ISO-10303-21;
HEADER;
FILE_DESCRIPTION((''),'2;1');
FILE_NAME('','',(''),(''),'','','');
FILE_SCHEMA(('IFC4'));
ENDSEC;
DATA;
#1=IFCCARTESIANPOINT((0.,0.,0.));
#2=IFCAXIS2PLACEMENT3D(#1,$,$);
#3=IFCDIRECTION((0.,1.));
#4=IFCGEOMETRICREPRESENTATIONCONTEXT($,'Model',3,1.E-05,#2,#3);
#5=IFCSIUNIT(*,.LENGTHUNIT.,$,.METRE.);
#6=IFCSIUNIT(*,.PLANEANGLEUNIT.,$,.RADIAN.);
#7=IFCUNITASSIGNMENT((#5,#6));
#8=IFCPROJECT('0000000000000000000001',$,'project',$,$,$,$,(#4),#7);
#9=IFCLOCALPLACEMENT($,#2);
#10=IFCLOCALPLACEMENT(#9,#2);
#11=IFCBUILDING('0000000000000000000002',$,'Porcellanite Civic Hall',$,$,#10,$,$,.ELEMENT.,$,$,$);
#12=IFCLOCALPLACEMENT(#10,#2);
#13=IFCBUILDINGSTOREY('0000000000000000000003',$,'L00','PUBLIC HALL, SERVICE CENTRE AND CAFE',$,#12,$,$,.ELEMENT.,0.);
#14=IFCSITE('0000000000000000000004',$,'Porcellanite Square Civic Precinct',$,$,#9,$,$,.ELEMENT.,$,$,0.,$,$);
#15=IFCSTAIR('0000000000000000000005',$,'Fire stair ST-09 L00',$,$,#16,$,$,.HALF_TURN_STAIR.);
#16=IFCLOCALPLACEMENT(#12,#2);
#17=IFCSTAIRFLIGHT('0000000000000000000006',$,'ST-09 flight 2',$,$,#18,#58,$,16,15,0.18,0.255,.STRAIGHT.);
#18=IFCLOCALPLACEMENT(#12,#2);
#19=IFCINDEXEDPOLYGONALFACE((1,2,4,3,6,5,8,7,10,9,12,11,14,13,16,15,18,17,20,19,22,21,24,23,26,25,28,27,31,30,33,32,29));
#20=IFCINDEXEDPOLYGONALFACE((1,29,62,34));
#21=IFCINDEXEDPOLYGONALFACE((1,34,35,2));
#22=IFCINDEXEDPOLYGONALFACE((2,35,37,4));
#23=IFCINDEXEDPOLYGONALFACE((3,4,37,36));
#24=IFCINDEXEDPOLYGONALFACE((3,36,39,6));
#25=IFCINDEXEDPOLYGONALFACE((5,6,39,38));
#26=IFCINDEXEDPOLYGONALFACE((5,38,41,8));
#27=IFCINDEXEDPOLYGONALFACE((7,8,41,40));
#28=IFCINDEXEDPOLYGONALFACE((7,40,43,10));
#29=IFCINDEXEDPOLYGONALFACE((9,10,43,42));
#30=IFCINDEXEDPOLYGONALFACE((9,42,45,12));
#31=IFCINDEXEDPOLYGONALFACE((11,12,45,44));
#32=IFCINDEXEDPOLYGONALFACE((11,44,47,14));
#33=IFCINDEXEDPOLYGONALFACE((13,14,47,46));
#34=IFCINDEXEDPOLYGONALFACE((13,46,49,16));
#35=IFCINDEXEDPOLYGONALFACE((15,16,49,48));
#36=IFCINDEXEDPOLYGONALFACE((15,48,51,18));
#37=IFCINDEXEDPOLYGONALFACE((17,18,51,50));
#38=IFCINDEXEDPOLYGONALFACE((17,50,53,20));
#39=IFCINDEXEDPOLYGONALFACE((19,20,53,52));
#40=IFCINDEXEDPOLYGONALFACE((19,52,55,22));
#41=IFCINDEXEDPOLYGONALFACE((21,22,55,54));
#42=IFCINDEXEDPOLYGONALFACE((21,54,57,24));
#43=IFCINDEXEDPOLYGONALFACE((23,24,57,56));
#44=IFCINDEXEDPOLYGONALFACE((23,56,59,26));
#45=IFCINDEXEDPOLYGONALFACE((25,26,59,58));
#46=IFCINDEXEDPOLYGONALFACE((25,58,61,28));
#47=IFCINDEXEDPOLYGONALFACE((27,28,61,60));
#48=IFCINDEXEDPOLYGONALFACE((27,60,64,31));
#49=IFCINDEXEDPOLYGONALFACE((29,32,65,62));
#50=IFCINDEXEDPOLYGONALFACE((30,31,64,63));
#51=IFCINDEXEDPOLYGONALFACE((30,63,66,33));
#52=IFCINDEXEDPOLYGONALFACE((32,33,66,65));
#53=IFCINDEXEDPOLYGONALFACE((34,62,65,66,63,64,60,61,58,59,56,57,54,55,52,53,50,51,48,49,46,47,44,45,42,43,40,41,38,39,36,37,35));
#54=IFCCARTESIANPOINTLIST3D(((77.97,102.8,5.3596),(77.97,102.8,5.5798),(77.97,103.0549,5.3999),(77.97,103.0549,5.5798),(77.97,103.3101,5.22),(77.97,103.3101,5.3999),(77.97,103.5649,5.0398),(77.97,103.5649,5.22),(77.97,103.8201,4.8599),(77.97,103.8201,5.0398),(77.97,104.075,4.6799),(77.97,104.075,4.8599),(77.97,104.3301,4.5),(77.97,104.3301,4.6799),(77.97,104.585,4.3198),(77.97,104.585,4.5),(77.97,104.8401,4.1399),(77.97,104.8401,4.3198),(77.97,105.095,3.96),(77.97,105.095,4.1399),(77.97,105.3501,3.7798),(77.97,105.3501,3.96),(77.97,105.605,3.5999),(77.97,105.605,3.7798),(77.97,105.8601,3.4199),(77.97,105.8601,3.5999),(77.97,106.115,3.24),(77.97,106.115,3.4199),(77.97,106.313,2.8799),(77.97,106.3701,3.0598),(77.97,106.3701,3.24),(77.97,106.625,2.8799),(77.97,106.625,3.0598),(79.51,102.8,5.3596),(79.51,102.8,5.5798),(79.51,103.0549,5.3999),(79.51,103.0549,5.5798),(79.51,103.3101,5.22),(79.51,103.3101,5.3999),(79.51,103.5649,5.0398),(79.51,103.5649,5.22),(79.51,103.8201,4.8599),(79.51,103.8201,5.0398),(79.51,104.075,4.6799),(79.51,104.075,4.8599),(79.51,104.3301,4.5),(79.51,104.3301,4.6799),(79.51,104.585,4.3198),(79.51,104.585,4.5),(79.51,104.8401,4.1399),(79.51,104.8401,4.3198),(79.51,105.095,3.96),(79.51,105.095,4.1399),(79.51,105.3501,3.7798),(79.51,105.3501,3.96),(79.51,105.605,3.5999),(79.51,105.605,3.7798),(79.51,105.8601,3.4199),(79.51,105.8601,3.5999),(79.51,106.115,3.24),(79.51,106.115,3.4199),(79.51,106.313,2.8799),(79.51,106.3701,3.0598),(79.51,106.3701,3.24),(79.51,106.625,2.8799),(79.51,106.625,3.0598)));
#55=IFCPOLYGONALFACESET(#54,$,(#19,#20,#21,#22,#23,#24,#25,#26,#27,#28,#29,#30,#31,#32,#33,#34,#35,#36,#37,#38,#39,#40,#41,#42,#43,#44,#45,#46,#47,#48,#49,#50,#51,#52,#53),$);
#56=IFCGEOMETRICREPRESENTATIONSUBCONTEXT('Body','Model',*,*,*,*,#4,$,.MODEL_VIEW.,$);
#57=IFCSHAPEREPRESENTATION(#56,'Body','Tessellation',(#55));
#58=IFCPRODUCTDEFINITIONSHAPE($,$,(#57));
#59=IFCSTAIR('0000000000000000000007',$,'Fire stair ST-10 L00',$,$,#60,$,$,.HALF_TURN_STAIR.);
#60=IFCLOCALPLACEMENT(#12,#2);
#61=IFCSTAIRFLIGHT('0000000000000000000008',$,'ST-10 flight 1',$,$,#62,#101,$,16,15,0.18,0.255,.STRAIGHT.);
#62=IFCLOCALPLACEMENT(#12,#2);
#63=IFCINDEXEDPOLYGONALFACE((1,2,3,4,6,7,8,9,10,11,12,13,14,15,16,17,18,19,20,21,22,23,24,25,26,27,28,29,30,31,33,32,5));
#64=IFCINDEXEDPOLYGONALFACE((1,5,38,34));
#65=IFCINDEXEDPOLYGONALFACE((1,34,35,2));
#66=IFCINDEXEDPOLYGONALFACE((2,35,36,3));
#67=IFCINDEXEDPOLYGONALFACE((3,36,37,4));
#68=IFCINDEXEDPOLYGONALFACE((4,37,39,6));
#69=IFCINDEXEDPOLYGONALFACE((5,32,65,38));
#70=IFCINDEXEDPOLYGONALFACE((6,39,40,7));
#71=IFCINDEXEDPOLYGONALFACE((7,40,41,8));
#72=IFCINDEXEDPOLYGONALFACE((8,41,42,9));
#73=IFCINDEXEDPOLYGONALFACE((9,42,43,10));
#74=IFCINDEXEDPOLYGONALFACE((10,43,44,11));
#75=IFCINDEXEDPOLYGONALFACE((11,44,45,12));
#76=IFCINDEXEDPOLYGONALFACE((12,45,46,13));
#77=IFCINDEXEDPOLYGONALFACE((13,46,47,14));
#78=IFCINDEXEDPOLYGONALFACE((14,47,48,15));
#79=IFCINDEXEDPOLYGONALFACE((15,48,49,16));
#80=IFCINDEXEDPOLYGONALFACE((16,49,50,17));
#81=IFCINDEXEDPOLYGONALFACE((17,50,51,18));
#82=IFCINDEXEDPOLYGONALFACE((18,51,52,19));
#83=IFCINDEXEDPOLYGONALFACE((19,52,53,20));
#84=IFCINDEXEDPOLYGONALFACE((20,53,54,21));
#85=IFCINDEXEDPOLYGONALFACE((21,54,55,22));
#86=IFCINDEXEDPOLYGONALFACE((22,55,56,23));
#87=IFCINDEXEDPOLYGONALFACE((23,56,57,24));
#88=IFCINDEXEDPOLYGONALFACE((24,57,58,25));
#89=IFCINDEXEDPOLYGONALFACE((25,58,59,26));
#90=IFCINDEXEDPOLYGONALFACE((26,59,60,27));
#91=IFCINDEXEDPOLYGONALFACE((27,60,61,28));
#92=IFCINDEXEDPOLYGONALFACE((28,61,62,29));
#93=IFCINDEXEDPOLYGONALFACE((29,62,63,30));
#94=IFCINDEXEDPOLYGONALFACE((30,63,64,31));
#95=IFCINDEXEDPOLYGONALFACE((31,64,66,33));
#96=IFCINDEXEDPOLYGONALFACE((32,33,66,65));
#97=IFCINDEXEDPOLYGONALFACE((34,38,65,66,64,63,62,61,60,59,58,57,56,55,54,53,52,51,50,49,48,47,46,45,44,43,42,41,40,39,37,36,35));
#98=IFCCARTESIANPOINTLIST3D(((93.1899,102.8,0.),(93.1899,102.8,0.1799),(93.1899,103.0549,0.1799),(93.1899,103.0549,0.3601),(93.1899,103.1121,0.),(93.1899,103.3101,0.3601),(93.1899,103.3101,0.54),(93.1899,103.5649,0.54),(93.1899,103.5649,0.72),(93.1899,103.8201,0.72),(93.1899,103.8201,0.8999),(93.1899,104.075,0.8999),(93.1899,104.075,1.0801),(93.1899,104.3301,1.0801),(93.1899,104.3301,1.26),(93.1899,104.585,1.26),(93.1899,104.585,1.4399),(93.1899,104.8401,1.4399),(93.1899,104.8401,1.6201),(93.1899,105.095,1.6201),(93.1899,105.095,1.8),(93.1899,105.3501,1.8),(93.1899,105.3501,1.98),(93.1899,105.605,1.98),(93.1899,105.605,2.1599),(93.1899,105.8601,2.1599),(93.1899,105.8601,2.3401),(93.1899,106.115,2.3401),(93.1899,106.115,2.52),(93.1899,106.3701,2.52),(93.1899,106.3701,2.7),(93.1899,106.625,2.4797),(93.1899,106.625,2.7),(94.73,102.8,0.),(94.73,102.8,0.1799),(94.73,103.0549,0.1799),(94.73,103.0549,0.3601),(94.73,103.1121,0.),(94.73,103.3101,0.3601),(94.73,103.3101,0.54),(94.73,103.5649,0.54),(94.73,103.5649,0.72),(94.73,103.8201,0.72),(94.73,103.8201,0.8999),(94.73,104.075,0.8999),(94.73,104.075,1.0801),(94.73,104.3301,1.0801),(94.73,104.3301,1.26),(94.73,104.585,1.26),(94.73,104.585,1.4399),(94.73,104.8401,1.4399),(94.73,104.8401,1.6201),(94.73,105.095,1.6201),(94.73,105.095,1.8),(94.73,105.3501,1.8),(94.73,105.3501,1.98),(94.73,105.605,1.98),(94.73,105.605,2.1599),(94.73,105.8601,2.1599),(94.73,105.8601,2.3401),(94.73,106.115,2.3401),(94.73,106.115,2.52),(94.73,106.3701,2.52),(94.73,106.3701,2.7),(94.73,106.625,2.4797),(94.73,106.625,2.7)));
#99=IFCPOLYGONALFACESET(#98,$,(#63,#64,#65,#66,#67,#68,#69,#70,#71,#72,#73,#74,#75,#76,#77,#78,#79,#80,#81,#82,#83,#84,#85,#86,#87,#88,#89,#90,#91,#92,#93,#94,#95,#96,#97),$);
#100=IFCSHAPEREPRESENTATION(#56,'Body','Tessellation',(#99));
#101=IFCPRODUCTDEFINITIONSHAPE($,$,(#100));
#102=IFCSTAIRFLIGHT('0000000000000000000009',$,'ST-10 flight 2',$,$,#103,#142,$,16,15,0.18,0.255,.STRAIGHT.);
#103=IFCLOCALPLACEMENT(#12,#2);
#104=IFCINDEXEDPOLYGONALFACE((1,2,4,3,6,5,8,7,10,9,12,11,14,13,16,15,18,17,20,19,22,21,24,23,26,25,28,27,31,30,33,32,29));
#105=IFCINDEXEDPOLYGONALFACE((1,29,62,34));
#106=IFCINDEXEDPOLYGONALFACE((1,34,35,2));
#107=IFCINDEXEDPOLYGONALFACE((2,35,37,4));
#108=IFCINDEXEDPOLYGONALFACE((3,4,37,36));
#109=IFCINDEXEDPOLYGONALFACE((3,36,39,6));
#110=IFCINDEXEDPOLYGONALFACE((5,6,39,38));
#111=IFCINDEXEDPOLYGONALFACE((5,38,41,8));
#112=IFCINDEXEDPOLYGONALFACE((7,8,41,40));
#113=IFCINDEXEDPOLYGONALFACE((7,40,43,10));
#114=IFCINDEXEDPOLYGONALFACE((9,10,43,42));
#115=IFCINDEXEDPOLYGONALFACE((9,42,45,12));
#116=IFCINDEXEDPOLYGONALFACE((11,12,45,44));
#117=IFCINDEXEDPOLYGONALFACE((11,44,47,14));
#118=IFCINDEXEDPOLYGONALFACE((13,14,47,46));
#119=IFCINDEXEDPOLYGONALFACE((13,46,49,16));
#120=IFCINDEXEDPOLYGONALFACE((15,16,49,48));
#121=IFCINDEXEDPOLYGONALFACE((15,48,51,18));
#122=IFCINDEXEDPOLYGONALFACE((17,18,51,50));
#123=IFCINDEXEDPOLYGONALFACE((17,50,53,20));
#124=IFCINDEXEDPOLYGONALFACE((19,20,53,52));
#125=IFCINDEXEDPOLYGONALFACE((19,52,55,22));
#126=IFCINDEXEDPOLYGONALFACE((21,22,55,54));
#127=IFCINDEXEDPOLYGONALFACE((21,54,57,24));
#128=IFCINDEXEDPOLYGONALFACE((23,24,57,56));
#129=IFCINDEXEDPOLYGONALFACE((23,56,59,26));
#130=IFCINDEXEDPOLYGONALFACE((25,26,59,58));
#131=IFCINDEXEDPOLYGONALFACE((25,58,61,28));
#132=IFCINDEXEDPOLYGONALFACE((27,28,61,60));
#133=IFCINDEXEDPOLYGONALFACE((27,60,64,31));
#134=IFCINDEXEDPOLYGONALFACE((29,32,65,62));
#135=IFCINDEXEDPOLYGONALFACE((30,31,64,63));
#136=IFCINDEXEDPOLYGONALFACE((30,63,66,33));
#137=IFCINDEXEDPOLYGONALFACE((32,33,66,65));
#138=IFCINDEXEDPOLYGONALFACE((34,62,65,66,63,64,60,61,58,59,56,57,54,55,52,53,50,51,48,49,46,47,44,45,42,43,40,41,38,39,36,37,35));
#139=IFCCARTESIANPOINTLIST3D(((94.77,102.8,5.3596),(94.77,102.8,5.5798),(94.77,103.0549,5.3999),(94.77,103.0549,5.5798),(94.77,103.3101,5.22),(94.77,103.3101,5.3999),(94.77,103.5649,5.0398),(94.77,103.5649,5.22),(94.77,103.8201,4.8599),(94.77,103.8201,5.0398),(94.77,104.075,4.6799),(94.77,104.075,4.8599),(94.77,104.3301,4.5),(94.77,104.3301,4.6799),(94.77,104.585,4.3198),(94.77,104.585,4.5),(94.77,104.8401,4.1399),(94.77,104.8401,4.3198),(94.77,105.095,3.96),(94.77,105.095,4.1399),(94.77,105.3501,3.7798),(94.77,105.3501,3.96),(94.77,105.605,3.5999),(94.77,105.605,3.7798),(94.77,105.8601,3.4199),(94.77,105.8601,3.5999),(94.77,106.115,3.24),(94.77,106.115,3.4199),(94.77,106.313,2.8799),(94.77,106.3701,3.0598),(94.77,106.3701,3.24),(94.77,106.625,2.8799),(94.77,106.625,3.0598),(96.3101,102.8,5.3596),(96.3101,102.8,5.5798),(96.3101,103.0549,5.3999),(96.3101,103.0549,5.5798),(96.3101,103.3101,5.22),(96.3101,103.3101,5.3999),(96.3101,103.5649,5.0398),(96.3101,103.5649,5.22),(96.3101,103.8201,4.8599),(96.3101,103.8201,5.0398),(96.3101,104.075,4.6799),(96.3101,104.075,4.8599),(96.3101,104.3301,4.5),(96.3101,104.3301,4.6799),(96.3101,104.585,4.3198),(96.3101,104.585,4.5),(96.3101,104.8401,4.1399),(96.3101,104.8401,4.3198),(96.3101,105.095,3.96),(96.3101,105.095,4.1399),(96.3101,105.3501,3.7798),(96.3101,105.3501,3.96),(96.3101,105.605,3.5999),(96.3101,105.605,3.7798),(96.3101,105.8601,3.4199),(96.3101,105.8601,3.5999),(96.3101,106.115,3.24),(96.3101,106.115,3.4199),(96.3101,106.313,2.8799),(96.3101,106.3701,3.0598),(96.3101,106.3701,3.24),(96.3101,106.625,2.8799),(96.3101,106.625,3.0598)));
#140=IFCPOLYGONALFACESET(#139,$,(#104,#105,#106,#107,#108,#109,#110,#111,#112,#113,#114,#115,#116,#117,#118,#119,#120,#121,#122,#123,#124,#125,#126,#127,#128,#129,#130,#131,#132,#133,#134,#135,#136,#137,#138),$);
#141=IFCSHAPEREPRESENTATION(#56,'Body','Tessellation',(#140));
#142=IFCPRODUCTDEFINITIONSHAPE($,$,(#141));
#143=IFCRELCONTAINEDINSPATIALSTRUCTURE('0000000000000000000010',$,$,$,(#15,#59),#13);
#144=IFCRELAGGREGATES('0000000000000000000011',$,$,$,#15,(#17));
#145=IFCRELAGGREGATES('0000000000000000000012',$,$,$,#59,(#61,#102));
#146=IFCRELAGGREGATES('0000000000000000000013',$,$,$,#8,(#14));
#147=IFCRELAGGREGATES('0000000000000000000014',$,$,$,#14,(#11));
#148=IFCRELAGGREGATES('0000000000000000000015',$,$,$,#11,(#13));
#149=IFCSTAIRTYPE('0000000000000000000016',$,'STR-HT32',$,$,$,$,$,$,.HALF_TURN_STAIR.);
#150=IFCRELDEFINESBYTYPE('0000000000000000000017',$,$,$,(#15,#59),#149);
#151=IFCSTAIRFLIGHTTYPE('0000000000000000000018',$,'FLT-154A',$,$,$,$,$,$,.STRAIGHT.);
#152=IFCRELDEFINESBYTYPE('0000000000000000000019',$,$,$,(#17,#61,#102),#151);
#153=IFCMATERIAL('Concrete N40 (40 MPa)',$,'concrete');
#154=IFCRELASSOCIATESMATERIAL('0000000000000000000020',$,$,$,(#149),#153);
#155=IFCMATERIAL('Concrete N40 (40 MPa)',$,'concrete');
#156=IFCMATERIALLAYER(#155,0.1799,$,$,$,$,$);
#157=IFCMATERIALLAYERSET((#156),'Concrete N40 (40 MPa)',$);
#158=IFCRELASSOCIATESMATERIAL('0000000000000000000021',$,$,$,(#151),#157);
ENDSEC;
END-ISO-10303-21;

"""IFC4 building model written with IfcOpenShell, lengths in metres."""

from ifc_helpers import new_model, si_unit, direction, frame, origin, place, context, subcontext, project, spatial, polyline, outline, extrude, material, layer, layer_set, type_object, element, aggregate, save


model = new_model("IFC4")

# Units and contexts
model_context = context("Model", 3, precision=1e-05, world=origin(), true_north=direction((0.0, 1.0)))
body_context = subcontext(model_context, "Body", "Model", "MODEL_VIEW")
ifc_project = project(units=[si_unit("LENGTHUNIT", "METRE"), si_unit("PLANEANGLEUNIT", "RADIAN")], contexts=[model_context])

# Site, building, storey
site_placement = place(None, origin())
site = spatial("IfcSite", under=ifc_project, at=site_placement, Name="Porcellanite Square Civic Precinct", CompositionType="ELEMENT", RefElevation=0.0)
building_placement = place(site_placement, origin())
building = spatial("IfcBuilding", under=site, at=building_placement, Name="Porcellanite Civic Hall", CompositionType="ELEMENT")
storey_placement = place(building_placement, origin())
storey = spatial("IfcBuildingStorey", under=building, at=storey_placement, Name="L00", Description="PUBLIC HALL, SERVICE CENTRE AND CAFE", CompositionType="ELEMENT", Elevation=0.0)

# Stairs, stair flights
ifc_material_1 = material(Name="Concrete N40 (40 MPa)", Category="concrete")
stair_type = type_object("IfcStairType", Name="STR-HT32", PredefinedType="HALF_TURN_STAIR", material=ifc_material_1)
stair_1_placement = place(storey_placement, origin())
stair_1 = element("IfcStair", 1, at=stair_1_placement, inside=storey, type_object=stair_type, Name="Fire stair ST-09 L00", PredefinedType="HALF_TURN_STAIR")
ifc_material_2 = material(Name="Concrete N40 (40 MPa)", Category="concrete")
ifc_layer_1 = layer(ifc_material_2, 0.1799)
ifc_layer_set_1 = layer_set([ifc_layer_1], Name="Concrete N40 (40 MPa)")
stair_flight_type = type_object("IfcStairFlightType", Name="FLT-154A", PredefinedType="STRAIGHT", material=ifc_layer_set_1)
stair_flight_1_placement = place(storey_placement, frame((78.74, 106.625, 2.8799), z_axis=(0.0, 0.0, 1.0), x_axis=(0.0, -1.0, 0.0)))
stair_flight_1 = element("IfcStairFlight", 2, at=stair_flight_1_placement, type_object=stair_flight_type, Name="ST-09 flight 2", NumberOfRisers=16, NumberOfTreads=15, PredefinedType="STRAIGHT", RiserHeight=0.18, TreadLength=0.255, context=body_context, shape_type="SweptSolid", body=[
    extrude(outline(polyline([(0.0, 0.0), (0.0, 0.1799), (0.2549, 0.1799), (0.2549, 0.3601), (0.51, 0.3601), (0.51, 0.54), (0.7649, 0.54), (0.7649, 0.72), (1.02, 0.72), (1.02, 0.8999), (1.2749, 0.8999), (1.2749, 1.0801), (1.53, 1.0801), (1.53, 1.26), (1.7849, 1.26), (1.7849, 1.4399), (2.04, 1.4399), (2.04, 1.6201), (2.2949, 1.6201), (2.2949, 1.8), (2.55, 1.8), (2.55, 1.98), (2.8049, 1.98), (2.8049, 2.1599), (3.0601, 2.1599), (3.0601, 2.3401), (3.3149, 2.3401), (3.3149, 2.52), (3.5701, 2.52), (3.5701, 2.7), (3.825, 2.7), (3.825, 2.8799), (3.825, 2.4797), (0.312, 0.0), (0.0, 0.0)])), frame((0.0, 0.77, 0.0), z_axis=(0.0, -1.0, 0.0), x_axis=(1.0, 0.0, 0.0)), (0.0, 0.0, 1.0), 1.54),
])
aggregate(stair_1, [stair_flight_1])
stair_2_placement = place(storey_placement, origin())
stair_2 = element("IfcStair", 3, at=stair_2_placement, inside=storey, type_object=stair_type, Name="Fire stair ST-10 L00", PredefinedType="HALF_TURN_STAIR")
stair_flight_2_placement = place(storey_placement, frame((93.96, 102.8, 0.0), z_axis=(0.0, 0.0, 1.0), x_axis=(0.0, 1.0, 0.0)))
stair_flight_2 = element("IfcStairFlight", 4, at=stair_flight_2_placement, type_object=stair_flight_type, Name="ST-10 flight 1", NumberOfRisers=16, NumberOfTreads=15, PredefinedType="STRAIGHT", RiserHeight=0.18, TreadLength=0.255, context=body_context, shape_type="SweptSolid", body=[
    extrude(outline(polyline([(0.0, 0.0), (0.0, 0.1799), (0.2549, 0.1799), (0.2549, 0.3601), (0.51, 0.3601), (0.51, 0.54), (0.7649, 0.54), (0.7649, 0.72), (1.02, 0.72), (1.02, 0.8999), (1.2749, 0.8999), (1.2749, 1.0801), (1.53, 1.0801), (1.53, 1.26), (1.7849, 1.26), (1.7849, 1.4399), (2.04, 1.4399), (2.04, 1.6201), (2.2949, 1.6201), (2.2949, 1.8), (2.55, 1.8), (2.55, 1.98), (2.8049, 1.98), (2.8049, 2.1599), (3.0601, 2.1599), (3.0601, 2.3401), (3.3149, 2.3401), (3.3149, 2.52), (3.5701, 2.52), (3.5701, 2.7), (3.825, 2.7), (3.825, 2.8799), (3.825, 2.4797), (0.312, 0.0), (0.0, 0.0)])), frame((0.0, 0.77, 0.0), z_axis=(0.0, -1.0, 0.0), x_axis=(1.0, 0.0, 0.0)), (0.0, 0.0, 1.0), 1.54),
])
stair_flight_3_placement = place(storey_placement, frame((95.54, 106.625, 2.8799), z_axis=(0.0, 0.0, 1.0), x_axis=(0.0, -1.0, 0.0)))
stair_flight_3 = element("IfcStairFlight", 5, at=stair_flight_3_placement, type_object=stair_flight_type, Name="ST-10 flight 2", NumberOfRisers=16, NumberOfTreads=15, PredefinedType="STRAIGHT", RiserHeight=0.18, TreadLength=0.255, context=body_context, shape_type="SweptSolid", body=[
    extrude(outline(polyline([(0.0, 0.0), (0.0, 0.1799), (0.2549, 0.1799), (0.2549, 0.3601), (0.51, 0.3601), (0.51, 0.54), (0.7649, 0.54), (0.7649, 0.72), (1.02, 0.72), (1.02, 0.8999), (1.2749, 0.8999), (1.2749, 1.0801), (1.53, 1.0801), (1.53, 1.26), (1.7849, 1.26), (1.7849, 1.4399), (2.04, 1.4399), (2.04, 1.6201), (2.2949, 1.6201), (2.2949, 1.8), (2.55, 1.8), (2.55, 1.98), (2.8049, 1.98), (2.8049, 2.1599), (3.0601, 2.1599), (3.0601, 2.3401), (3.3149, 2.3401), (3.3149, 2.52), (3.5701, 2.52), (3.5701, 2.7), (3.825, 2.7), (3.825, 2.8799), (3.825, 2.4797), (0.312, 0.0), (0.0, 0.0)])), frame((0.0, 0.77, 0.0), z_axis=(0.0, -1.0, 0.0), x_axis=(1.0, 0.0, 0.0)), (0.0, 0.0, 1.0), 1.54),
])
aggregate(stair_2, [stair_flight_2, stair_flight_3])

save(model, "model.ifc")
